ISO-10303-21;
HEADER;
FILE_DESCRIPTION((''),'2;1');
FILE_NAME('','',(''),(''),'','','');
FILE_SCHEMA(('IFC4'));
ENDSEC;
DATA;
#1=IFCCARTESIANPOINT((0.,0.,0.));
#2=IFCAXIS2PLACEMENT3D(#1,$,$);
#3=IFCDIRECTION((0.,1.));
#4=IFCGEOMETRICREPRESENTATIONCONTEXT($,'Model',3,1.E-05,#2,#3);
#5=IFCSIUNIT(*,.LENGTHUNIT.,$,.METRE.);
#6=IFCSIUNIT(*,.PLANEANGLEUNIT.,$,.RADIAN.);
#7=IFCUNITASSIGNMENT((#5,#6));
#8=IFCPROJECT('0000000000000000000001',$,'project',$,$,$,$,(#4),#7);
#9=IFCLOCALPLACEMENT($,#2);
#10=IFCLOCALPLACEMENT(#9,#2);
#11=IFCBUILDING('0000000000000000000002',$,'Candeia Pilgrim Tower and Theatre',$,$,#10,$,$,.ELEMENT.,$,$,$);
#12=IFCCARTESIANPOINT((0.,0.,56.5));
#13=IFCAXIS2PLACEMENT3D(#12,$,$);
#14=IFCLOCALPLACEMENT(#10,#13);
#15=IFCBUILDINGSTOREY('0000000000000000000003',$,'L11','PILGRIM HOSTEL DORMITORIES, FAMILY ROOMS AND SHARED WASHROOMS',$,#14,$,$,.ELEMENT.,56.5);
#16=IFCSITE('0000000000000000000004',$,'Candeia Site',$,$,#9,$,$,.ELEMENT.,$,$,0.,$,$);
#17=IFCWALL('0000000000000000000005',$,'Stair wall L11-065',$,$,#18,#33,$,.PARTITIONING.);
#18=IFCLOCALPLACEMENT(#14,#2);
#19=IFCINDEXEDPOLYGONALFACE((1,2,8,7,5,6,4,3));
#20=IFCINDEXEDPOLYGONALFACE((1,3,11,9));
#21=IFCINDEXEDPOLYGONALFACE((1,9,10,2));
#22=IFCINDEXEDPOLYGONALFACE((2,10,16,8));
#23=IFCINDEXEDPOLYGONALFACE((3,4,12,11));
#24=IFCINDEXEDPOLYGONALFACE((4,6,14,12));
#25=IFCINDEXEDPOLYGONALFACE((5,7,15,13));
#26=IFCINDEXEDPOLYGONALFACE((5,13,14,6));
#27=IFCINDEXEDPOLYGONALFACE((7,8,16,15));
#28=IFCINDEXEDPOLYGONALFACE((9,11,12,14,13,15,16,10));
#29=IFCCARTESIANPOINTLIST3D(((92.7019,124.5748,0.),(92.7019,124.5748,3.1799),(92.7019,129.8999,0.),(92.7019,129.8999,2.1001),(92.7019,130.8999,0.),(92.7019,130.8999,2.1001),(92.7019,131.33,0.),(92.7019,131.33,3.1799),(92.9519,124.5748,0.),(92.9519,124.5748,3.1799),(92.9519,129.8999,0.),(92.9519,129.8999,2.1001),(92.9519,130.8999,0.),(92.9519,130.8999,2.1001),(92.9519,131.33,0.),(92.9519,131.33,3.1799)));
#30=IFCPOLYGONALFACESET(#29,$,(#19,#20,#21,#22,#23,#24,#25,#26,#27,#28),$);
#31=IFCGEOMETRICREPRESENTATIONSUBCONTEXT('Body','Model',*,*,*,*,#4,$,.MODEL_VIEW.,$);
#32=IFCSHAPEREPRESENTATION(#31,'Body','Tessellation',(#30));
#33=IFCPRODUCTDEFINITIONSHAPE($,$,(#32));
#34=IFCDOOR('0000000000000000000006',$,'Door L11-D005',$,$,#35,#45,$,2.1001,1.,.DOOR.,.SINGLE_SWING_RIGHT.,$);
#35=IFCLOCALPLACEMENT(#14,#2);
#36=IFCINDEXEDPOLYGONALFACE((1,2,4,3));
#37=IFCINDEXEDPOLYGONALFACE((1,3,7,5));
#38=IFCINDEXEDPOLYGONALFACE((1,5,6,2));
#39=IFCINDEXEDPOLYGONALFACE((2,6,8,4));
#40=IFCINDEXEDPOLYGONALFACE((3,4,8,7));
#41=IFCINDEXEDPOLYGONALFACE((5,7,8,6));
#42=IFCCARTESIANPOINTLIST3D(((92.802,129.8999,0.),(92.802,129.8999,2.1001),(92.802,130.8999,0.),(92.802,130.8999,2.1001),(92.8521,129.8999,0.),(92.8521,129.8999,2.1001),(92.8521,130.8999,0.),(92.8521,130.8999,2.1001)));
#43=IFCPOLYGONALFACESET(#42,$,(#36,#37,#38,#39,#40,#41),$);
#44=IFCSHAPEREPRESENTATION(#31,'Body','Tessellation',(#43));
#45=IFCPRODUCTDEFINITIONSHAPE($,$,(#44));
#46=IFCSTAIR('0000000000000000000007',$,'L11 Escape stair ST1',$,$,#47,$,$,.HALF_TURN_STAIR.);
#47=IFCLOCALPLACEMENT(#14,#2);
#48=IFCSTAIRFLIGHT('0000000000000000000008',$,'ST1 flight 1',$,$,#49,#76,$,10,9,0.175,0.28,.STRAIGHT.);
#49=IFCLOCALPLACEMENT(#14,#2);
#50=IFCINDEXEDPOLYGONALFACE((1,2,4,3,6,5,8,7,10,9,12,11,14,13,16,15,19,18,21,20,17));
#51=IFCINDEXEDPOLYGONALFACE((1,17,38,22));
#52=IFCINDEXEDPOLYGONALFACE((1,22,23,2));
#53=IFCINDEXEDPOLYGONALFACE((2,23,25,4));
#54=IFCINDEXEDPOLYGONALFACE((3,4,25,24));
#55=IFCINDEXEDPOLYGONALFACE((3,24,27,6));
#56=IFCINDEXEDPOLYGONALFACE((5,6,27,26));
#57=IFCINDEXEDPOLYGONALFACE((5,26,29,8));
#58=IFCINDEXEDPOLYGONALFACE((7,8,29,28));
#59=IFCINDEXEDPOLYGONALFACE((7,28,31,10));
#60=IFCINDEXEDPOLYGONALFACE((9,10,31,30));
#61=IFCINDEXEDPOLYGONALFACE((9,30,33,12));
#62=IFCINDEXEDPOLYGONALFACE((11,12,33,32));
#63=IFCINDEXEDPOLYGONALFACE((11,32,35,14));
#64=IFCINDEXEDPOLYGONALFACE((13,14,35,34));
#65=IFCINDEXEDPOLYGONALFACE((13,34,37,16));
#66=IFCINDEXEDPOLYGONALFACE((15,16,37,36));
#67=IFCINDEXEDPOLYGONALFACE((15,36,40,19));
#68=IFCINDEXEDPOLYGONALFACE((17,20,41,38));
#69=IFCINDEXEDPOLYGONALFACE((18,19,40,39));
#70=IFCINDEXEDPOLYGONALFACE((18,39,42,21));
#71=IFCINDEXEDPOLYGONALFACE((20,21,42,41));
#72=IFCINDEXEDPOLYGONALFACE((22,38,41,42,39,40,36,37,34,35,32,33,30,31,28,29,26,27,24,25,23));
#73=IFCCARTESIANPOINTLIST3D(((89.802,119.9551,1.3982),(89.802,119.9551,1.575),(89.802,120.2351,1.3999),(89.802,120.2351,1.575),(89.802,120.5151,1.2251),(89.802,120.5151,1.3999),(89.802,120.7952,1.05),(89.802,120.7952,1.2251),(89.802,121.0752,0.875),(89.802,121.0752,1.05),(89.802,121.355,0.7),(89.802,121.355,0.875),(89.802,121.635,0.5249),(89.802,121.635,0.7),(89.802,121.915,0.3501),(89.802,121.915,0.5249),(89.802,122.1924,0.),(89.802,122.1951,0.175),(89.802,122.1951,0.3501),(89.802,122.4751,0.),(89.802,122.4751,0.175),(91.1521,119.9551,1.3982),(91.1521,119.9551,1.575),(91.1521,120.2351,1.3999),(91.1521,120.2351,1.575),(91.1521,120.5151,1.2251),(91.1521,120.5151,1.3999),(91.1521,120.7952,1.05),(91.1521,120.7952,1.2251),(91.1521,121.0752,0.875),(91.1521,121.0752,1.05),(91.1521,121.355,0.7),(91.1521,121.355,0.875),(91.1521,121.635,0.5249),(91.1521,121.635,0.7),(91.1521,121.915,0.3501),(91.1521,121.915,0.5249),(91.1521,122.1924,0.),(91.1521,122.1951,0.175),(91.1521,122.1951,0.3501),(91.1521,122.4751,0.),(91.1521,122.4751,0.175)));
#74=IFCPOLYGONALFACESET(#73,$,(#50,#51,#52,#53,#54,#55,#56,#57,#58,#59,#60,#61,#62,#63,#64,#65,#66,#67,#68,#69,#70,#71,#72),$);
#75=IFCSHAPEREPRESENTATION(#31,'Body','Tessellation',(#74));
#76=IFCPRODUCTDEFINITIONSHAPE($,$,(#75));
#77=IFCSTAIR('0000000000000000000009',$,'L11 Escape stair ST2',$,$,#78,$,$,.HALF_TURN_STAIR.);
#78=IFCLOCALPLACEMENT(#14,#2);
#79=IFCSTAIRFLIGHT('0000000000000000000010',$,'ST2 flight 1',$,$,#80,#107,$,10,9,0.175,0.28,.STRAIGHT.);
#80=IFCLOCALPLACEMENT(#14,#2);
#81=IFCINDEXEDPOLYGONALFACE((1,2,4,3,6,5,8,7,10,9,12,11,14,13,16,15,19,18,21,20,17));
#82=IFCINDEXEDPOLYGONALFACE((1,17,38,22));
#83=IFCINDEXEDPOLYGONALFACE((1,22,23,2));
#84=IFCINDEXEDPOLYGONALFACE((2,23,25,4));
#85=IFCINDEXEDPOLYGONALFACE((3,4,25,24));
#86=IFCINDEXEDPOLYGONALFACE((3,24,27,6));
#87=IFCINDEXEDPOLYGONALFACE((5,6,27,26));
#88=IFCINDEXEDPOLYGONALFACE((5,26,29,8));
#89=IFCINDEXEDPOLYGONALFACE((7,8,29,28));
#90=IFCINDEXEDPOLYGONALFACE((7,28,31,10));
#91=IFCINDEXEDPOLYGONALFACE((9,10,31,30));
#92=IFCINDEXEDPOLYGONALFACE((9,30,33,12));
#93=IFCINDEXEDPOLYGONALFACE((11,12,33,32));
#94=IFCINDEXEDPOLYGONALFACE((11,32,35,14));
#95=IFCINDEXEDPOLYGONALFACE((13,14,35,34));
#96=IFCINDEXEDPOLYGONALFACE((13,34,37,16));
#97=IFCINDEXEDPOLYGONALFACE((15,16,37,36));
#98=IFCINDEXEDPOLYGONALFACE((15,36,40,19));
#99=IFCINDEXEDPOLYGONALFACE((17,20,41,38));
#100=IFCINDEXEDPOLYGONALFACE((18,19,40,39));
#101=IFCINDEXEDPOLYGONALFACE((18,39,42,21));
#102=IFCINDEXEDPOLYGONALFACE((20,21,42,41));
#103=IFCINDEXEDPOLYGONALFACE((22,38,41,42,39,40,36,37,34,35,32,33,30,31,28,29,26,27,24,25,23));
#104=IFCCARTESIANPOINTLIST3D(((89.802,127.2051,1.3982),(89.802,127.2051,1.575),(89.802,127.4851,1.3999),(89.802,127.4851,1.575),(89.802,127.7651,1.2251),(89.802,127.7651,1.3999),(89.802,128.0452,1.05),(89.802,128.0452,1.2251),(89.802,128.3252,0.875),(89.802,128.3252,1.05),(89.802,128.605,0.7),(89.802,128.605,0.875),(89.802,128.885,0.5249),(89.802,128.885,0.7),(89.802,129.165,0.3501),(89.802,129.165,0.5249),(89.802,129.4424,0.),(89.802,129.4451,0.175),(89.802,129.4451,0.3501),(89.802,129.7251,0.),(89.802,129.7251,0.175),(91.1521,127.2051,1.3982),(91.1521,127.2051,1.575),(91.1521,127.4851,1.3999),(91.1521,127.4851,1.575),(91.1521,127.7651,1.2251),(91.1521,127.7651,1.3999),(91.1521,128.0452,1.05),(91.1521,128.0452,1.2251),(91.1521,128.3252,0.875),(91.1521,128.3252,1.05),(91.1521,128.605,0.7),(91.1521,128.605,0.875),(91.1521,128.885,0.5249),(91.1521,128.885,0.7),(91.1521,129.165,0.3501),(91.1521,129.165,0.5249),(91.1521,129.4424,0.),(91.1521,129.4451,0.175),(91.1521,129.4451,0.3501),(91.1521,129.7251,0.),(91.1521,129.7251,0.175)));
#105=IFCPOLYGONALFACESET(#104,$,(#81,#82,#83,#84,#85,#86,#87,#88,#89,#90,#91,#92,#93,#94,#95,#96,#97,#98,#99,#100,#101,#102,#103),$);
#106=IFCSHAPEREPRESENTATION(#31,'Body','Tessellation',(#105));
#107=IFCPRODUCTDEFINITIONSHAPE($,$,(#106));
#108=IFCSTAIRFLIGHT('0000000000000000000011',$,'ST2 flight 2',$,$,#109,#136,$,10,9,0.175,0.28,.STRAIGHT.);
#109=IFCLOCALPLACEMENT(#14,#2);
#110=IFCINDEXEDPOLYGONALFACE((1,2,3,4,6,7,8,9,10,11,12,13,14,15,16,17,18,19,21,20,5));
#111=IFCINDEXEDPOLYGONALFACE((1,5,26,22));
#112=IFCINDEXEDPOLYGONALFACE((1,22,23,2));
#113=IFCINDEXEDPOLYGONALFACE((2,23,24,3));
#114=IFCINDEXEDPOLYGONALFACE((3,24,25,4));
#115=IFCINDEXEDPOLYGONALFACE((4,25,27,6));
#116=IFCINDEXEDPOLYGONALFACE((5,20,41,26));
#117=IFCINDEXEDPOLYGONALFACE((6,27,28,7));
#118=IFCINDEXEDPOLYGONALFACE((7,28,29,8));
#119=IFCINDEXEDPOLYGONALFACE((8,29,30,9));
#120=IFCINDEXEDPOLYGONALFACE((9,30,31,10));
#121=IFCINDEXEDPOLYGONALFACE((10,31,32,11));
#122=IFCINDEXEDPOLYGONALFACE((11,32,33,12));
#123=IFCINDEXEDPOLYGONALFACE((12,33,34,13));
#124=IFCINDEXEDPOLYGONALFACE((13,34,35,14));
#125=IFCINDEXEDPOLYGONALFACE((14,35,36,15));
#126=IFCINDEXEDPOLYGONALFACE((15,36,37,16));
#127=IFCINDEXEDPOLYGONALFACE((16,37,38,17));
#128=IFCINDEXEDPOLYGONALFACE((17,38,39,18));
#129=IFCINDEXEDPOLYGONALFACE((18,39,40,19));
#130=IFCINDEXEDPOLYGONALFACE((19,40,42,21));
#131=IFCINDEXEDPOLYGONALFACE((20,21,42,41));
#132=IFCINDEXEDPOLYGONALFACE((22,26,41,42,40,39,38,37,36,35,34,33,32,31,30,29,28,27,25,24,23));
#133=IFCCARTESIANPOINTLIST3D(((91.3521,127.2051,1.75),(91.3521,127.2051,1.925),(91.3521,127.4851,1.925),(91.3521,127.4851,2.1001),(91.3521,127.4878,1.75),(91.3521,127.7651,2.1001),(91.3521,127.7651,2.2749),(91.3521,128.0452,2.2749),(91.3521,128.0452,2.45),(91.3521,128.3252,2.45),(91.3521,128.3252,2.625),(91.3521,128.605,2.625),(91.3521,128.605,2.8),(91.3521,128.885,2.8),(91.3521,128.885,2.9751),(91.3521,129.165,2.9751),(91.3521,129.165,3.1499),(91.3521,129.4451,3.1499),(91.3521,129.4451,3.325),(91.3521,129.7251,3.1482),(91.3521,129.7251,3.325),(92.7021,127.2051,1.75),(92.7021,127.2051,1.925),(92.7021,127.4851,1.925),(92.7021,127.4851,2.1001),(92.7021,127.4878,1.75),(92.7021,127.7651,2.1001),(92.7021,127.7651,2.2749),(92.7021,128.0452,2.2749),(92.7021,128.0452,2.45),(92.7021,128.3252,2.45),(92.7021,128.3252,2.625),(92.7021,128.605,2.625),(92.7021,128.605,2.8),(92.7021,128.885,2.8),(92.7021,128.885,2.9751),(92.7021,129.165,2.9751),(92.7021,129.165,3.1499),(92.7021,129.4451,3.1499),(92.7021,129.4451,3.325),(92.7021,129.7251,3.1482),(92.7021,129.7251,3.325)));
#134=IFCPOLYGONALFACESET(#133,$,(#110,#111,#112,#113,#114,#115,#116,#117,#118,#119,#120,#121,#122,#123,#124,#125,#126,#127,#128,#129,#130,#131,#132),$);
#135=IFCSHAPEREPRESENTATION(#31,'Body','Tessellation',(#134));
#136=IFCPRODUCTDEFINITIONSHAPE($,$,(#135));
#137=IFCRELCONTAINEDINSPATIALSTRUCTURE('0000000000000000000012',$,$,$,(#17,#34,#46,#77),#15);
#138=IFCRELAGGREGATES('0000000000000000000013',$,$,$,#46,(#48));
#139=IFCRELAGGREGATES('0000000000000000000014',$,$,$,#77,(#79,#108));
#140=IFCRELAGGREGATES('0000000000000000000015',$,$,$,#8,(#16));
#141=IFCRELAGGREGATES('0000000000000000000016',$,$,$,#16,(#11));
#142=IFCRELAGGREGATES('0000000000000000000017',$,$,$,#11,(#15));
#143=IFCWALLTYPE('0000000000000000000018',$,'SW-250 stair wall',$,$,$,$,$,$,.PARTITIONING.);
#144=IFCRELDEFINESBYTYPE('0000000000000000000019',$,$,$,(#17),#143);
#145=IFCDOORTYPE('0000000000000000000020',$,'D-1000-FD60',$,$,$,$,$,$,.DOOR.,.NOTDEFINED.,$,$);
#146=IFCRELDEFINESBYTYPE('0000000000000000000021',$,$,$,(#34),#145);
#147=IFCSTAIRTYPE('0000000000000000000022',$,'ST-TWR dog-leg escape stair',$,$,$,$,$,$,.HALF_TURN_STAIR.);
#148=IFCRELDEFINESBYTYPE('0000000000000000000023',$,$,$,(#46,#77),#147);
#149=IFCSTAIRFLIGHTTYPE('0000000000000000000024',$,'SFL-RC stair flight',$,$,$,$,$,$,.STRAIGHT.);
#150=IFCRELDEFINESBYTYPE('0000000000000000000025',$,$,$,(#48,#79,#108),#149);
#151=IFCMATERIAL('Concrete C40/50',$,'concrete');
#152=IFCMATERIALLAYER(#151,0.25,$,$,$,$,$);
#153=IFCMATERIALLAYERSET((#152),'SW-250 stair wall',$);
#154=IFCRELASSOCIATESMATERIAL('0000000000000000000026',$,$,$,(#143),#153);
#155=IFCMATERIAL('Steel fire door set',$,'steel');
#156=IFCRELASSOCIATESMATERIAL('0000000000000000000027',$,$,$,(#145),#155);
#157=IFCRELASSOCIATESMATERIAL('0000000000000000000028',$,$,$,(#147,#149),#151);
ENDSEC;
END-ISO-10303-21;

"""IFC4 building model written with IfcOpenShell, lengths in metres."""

from ifc_helpers import new_model, si_unit, direction, frame, frame_2d, origin, place, context, subcontext, project, spatial, polyline, rectangle, outline, extrude, material, layer, layer_set, type_object, element, fill, aggregate, save


model = new_model("IFC4")

# Units and contexts
model_context = context("Model", 3, precision=1e-05, world=origin(), true_north=direction((0.0, 1.0)))
body_context = subcontext(model_context, "Body", "Model", "MODEL_VIEW")
ifc_project = project(units=[si_unit("LENGTHUNIT", "METRE"), si_unit("PLANEANGLEUNIT", "RADIAN")], contexts=[model_context])

# Site, building, storey
site_placement = place(None, origin())
site = spatial("IfcSite", under=ifc_project, at=site_placement, Name="Candeia Site", CompositionType="ELEMENT", RefElevation=0.0)
building_placement = place(site_placement, origin())
building = spatial("IfcBuilding", under=site, at=building_placement, Name="Candeia Pilgrim Tower and Theatre", CompositionType="ELEMENT")
storey_placement = place(building_placement, frame((0.0, 0.0, 56.5)))
storey = spatial("IfcBuildingStorey", under=building, at=storey_placement, Name="L11", Description="PILGRIM HOSTEL DORMITORIES, FAMILY ROOMS AND SHARED WASHROOMS", CompositionType="ELEMENT", Elevation=56.5)

# Shared definitions
ifc_material_1 = material(Name="Steel fire door set", Category="steel")

# Shared definitions
ifc_material_2 = material(Name="Concrete C40/50", Category="concrete")

# Shared definitions
ifc_layer_1 = layer(ifc_material_2, 0.25)
ifc_layer_set_1 = layer_set([ifc_layer_1], Name="SW-250 stair wall")
wall_type_1 = type_object("IfcWallType", Name="SW-250 stair wall", PredefinedType="PARTITIONING", material=ifc_layer_set_1)

# Wall, opening, door
wall_1_placement = place(storey_placement, frame((92.8269, 124.575, 0.0), z_axis=(0.0, 0.0, 1.0), x_axis=(0.0, 1.0, 0.0)))
wall_1 = element("IfcWall", 1, at=wall_1_placement, inside=storey, type_object=wall_type_1, Name="Stair wall L11-065", PredefinedType="PARTITIONING", context=body_context, shape_type="SweptSolid", body=[
    extrude(rectangle(XDim=6.7551, YDim=0.25, at=frame_2d((3.3774, 0.0))), origin(), (0.0, 0.0, 1.0), 3.1799),
])
opening_1_placement = place(wall_1_placement, frame((5.325, 0.0, 0.0)))
opening_1 = element("IfcOpeningElement", 2, at=opening_1_placement, cuts=wall_1, PredefinedType="OPENING", context=body_context, shape_type="SweptSolid", body=[
    extrude(rectangle(XDim=1.0, YDim=2.1001, at=frame_2d((0.5, 1.05))), frame((0.0, 0.135, 0.0), z_axis=(0.0, -1.0, 0.0), x_axis=(1.0, 0.0, 0.0)), (0.0, 0.0, 1.0), 0.27),
])
door_type_1 = type_object("IfcDoorType", Name="D-1000-FD60", OperationType="NOTDEFINED", PredefinedType="DOOR", material=ifc_material_1)
door_1_placement = place(opening_1_placement, origin())
door_1 = element("IfcDoor", 3, at=door_1_placement, inside=storey, type_object=door_type_1, Name="Door L11-D005", OperationType="SINGLE_SWING_RIGHT", OverallHeight=2.1001, OverallWidth=1.0, PredefinedType="DOOR", context=body_context, shape_type="SweptSolid", body=[
    extrude(rectangle(XDim=1.0, YDim=2.1001, at=frame_2d((0.5, 1.05))), frame((0.0, 0.0249, 0.0), z_axis=(0.0, -1.0, 0.0), x_axis=(1.0, 0.0, 0.0)), (0.0, 0.0, 1.0), 0.05),
])
fill(opening_1, door_1)

# Stair, stair flight
stair_type = type_object("IfcStairType", Name="ST-TWR dog-leg escape stair", PredefinedType="HALF_TURN_STAIR", material=ifc_material_2)
stair_1_placement = place(storey_placement, origin())
stair_1 = element("IfcStair", 4, at=stair_1_placement, inside=storey, type_object=stair_type, Name="L11 Escape stair ST1", PredefinedType="HALF_TURN_STAIR")
stair_flight_type = type_object("IfcStairFlightType", Name="SFL-RC stair flight", PredefinedType="STRAIGHT", material=ifc_material_2)
stair_flight_1_placement = place(storey_placement, frame((90.4771, 122.4751, 0.0), z_axis=(0.0, 0.0, 1.0), x_axis=(0.0, -1.0, 0.0)))
stair_flight_1 = element("IfcStairFlight", 5, at=stair_flight_1_placement, type_object=stair_flight_type, Name="ST1 flight 1", NumberOfRisers=10, NumberOfTreads=9, PredefinedType="STRAIGHT", RiserHeight=0.175, TreadLength=0.28, context=body_context, shape_type="SweptSolid", body=[
    extrude(outline(polyline([(0.0, 0.0), (0.0, 0.175), (0.28, 0.175), (0.28, 0.3501), (0.5601, 0.3501), (0.5601, 0.5249), (0.8401, 0.5249), (0.8401, 0.7), (1.1201, 0.7), (1.1201, 0.875), (1.3999, 0.875), (1.3999, 1.05), (1.6799, 1.05), (1.6799, 1.2251), (1.96, 1.2251), (1.96, 1.3999), (2.24, 1.3999), (2.24, 1.575), (2.52, 1.575), (2.52, 1.75), (2.52, 1.3982), (0.2827, 0.0), (0.0, 0.0)])), frame((0.0, 0.675, 0.0), z_axis=(0.0, -1.0, 0.0), x_axis=(1.0, 0.0, 0.0)), (0.0, 0.0, 1.0), 1.3501),
])
aggregate(stair_1, [stair_flight_1])

# Stair, stair flights
stair_2_placement = place(storey_placement, origin())
stair_2 = element("IfcStair", 6, at=stair_2_placement, inside=storey, type_object=stair_type, Name="L11 Escape stair ST2", PredefinedType="HALF_TURN_STAIR")
stair_flight_2_placement = place(storey_placement, frame((90.4771, 129.7251, 0.0), z_axis=(0.0, 0.0, 1.0), x_axis=(0.0, -1.0, 0.0)))
stair_flight_2 = element("IfcStairFlight", 7, at=stair_flight_2_placement, type_object=stair_flight_type, Name="ST2 flight 1", NumberOfRisers=10, NumberOfTreads=9, PredefinedType="STRAIGHT", RiserHeight=0.175, TreadLength=0.28, context=body_context, shape_type="SweptSolid", body=[
    extrude(outline(polyline([(0.0, 0.0), (0.0, 0.175), (0.28, 0.175), (0.28, 0.3501), (0.5601, 0.3501), (0.5601, 0.5249), (0.8401, 0.5249), (0.8401, 0.7), (1.1201, 0.7), (1.1201, 0.875), (1.3999, 0.875), (1.3999, 1.05), (1.6799, 1.05), (1.6799, 1.2251), (1.96, 1.2251), (1.96, 1.3999), (2.24, 1.3999), (2.24, 1.575), (2.52, 1.575), (2.52, 1.75), (2.52, 1.3982), (0.2827, 0.0), (0.0, 0.0)])), frame((0.0, 0.675, 0.0), z_axis=(0.0, -1.0, 0.0), x_axis=(1.0, 0.0, 0.0)), (0.0, 0.0, 1.0), 1.3501),
])
stair_flight_3_placement = place(storey_placement, frame((92.0271, 127.2051, 1.75), z_axis=(0.0, 0.0, 1.0), x_axis=(0.0, 1.0, 0.0)))
stair_flight_3 = element("IfcStairFlight", 8, at=stair_flight_3_placement, type_object=stair_flight_type, Name="ST2 flight 2", NumberOfRisers=10, NumberOfTreads=9, PredefinedType="STRAIGHT", RiserHeight=0.175, TreadLength=0.28, context=body_context, shape_type="SweptSolid", body=[
    extrude(outline(polyline([(0.0, 0.0), (0.0, 0.175), (0.28, 0.175), (0.28, 0.3501), (0.5601, 0.3501), (0.5601, 0.5249), (0.8401, 0.5249), (0.8401, 0.7), (1.1201, 0.7), (1.1201, 0.875), (1.3999, 0.875), (1.3999, 1.05), (1.6799, 1.05), (1.6799, 1.2251), (1.96, 1.2251), (1.96, 1.3999), (2.24, 1.3999), (2.24, 1.575), (2.52, 1.575), (2.52, 1.75), (2.52, 1.3982), (0.2827, 0.0), (0.0, 0.0)])), frame((0.0, 0.675, 0.0), z_axis=(0.0, -1.0, 0.0), x_axis=(1.0, 0.0, 0.0)), (0.0, 0.0, 1.0), 1.3501),
])
aggregate(stair_2, [stair_flight_2, stair_flight_3])

save(model, "model.ifc")
